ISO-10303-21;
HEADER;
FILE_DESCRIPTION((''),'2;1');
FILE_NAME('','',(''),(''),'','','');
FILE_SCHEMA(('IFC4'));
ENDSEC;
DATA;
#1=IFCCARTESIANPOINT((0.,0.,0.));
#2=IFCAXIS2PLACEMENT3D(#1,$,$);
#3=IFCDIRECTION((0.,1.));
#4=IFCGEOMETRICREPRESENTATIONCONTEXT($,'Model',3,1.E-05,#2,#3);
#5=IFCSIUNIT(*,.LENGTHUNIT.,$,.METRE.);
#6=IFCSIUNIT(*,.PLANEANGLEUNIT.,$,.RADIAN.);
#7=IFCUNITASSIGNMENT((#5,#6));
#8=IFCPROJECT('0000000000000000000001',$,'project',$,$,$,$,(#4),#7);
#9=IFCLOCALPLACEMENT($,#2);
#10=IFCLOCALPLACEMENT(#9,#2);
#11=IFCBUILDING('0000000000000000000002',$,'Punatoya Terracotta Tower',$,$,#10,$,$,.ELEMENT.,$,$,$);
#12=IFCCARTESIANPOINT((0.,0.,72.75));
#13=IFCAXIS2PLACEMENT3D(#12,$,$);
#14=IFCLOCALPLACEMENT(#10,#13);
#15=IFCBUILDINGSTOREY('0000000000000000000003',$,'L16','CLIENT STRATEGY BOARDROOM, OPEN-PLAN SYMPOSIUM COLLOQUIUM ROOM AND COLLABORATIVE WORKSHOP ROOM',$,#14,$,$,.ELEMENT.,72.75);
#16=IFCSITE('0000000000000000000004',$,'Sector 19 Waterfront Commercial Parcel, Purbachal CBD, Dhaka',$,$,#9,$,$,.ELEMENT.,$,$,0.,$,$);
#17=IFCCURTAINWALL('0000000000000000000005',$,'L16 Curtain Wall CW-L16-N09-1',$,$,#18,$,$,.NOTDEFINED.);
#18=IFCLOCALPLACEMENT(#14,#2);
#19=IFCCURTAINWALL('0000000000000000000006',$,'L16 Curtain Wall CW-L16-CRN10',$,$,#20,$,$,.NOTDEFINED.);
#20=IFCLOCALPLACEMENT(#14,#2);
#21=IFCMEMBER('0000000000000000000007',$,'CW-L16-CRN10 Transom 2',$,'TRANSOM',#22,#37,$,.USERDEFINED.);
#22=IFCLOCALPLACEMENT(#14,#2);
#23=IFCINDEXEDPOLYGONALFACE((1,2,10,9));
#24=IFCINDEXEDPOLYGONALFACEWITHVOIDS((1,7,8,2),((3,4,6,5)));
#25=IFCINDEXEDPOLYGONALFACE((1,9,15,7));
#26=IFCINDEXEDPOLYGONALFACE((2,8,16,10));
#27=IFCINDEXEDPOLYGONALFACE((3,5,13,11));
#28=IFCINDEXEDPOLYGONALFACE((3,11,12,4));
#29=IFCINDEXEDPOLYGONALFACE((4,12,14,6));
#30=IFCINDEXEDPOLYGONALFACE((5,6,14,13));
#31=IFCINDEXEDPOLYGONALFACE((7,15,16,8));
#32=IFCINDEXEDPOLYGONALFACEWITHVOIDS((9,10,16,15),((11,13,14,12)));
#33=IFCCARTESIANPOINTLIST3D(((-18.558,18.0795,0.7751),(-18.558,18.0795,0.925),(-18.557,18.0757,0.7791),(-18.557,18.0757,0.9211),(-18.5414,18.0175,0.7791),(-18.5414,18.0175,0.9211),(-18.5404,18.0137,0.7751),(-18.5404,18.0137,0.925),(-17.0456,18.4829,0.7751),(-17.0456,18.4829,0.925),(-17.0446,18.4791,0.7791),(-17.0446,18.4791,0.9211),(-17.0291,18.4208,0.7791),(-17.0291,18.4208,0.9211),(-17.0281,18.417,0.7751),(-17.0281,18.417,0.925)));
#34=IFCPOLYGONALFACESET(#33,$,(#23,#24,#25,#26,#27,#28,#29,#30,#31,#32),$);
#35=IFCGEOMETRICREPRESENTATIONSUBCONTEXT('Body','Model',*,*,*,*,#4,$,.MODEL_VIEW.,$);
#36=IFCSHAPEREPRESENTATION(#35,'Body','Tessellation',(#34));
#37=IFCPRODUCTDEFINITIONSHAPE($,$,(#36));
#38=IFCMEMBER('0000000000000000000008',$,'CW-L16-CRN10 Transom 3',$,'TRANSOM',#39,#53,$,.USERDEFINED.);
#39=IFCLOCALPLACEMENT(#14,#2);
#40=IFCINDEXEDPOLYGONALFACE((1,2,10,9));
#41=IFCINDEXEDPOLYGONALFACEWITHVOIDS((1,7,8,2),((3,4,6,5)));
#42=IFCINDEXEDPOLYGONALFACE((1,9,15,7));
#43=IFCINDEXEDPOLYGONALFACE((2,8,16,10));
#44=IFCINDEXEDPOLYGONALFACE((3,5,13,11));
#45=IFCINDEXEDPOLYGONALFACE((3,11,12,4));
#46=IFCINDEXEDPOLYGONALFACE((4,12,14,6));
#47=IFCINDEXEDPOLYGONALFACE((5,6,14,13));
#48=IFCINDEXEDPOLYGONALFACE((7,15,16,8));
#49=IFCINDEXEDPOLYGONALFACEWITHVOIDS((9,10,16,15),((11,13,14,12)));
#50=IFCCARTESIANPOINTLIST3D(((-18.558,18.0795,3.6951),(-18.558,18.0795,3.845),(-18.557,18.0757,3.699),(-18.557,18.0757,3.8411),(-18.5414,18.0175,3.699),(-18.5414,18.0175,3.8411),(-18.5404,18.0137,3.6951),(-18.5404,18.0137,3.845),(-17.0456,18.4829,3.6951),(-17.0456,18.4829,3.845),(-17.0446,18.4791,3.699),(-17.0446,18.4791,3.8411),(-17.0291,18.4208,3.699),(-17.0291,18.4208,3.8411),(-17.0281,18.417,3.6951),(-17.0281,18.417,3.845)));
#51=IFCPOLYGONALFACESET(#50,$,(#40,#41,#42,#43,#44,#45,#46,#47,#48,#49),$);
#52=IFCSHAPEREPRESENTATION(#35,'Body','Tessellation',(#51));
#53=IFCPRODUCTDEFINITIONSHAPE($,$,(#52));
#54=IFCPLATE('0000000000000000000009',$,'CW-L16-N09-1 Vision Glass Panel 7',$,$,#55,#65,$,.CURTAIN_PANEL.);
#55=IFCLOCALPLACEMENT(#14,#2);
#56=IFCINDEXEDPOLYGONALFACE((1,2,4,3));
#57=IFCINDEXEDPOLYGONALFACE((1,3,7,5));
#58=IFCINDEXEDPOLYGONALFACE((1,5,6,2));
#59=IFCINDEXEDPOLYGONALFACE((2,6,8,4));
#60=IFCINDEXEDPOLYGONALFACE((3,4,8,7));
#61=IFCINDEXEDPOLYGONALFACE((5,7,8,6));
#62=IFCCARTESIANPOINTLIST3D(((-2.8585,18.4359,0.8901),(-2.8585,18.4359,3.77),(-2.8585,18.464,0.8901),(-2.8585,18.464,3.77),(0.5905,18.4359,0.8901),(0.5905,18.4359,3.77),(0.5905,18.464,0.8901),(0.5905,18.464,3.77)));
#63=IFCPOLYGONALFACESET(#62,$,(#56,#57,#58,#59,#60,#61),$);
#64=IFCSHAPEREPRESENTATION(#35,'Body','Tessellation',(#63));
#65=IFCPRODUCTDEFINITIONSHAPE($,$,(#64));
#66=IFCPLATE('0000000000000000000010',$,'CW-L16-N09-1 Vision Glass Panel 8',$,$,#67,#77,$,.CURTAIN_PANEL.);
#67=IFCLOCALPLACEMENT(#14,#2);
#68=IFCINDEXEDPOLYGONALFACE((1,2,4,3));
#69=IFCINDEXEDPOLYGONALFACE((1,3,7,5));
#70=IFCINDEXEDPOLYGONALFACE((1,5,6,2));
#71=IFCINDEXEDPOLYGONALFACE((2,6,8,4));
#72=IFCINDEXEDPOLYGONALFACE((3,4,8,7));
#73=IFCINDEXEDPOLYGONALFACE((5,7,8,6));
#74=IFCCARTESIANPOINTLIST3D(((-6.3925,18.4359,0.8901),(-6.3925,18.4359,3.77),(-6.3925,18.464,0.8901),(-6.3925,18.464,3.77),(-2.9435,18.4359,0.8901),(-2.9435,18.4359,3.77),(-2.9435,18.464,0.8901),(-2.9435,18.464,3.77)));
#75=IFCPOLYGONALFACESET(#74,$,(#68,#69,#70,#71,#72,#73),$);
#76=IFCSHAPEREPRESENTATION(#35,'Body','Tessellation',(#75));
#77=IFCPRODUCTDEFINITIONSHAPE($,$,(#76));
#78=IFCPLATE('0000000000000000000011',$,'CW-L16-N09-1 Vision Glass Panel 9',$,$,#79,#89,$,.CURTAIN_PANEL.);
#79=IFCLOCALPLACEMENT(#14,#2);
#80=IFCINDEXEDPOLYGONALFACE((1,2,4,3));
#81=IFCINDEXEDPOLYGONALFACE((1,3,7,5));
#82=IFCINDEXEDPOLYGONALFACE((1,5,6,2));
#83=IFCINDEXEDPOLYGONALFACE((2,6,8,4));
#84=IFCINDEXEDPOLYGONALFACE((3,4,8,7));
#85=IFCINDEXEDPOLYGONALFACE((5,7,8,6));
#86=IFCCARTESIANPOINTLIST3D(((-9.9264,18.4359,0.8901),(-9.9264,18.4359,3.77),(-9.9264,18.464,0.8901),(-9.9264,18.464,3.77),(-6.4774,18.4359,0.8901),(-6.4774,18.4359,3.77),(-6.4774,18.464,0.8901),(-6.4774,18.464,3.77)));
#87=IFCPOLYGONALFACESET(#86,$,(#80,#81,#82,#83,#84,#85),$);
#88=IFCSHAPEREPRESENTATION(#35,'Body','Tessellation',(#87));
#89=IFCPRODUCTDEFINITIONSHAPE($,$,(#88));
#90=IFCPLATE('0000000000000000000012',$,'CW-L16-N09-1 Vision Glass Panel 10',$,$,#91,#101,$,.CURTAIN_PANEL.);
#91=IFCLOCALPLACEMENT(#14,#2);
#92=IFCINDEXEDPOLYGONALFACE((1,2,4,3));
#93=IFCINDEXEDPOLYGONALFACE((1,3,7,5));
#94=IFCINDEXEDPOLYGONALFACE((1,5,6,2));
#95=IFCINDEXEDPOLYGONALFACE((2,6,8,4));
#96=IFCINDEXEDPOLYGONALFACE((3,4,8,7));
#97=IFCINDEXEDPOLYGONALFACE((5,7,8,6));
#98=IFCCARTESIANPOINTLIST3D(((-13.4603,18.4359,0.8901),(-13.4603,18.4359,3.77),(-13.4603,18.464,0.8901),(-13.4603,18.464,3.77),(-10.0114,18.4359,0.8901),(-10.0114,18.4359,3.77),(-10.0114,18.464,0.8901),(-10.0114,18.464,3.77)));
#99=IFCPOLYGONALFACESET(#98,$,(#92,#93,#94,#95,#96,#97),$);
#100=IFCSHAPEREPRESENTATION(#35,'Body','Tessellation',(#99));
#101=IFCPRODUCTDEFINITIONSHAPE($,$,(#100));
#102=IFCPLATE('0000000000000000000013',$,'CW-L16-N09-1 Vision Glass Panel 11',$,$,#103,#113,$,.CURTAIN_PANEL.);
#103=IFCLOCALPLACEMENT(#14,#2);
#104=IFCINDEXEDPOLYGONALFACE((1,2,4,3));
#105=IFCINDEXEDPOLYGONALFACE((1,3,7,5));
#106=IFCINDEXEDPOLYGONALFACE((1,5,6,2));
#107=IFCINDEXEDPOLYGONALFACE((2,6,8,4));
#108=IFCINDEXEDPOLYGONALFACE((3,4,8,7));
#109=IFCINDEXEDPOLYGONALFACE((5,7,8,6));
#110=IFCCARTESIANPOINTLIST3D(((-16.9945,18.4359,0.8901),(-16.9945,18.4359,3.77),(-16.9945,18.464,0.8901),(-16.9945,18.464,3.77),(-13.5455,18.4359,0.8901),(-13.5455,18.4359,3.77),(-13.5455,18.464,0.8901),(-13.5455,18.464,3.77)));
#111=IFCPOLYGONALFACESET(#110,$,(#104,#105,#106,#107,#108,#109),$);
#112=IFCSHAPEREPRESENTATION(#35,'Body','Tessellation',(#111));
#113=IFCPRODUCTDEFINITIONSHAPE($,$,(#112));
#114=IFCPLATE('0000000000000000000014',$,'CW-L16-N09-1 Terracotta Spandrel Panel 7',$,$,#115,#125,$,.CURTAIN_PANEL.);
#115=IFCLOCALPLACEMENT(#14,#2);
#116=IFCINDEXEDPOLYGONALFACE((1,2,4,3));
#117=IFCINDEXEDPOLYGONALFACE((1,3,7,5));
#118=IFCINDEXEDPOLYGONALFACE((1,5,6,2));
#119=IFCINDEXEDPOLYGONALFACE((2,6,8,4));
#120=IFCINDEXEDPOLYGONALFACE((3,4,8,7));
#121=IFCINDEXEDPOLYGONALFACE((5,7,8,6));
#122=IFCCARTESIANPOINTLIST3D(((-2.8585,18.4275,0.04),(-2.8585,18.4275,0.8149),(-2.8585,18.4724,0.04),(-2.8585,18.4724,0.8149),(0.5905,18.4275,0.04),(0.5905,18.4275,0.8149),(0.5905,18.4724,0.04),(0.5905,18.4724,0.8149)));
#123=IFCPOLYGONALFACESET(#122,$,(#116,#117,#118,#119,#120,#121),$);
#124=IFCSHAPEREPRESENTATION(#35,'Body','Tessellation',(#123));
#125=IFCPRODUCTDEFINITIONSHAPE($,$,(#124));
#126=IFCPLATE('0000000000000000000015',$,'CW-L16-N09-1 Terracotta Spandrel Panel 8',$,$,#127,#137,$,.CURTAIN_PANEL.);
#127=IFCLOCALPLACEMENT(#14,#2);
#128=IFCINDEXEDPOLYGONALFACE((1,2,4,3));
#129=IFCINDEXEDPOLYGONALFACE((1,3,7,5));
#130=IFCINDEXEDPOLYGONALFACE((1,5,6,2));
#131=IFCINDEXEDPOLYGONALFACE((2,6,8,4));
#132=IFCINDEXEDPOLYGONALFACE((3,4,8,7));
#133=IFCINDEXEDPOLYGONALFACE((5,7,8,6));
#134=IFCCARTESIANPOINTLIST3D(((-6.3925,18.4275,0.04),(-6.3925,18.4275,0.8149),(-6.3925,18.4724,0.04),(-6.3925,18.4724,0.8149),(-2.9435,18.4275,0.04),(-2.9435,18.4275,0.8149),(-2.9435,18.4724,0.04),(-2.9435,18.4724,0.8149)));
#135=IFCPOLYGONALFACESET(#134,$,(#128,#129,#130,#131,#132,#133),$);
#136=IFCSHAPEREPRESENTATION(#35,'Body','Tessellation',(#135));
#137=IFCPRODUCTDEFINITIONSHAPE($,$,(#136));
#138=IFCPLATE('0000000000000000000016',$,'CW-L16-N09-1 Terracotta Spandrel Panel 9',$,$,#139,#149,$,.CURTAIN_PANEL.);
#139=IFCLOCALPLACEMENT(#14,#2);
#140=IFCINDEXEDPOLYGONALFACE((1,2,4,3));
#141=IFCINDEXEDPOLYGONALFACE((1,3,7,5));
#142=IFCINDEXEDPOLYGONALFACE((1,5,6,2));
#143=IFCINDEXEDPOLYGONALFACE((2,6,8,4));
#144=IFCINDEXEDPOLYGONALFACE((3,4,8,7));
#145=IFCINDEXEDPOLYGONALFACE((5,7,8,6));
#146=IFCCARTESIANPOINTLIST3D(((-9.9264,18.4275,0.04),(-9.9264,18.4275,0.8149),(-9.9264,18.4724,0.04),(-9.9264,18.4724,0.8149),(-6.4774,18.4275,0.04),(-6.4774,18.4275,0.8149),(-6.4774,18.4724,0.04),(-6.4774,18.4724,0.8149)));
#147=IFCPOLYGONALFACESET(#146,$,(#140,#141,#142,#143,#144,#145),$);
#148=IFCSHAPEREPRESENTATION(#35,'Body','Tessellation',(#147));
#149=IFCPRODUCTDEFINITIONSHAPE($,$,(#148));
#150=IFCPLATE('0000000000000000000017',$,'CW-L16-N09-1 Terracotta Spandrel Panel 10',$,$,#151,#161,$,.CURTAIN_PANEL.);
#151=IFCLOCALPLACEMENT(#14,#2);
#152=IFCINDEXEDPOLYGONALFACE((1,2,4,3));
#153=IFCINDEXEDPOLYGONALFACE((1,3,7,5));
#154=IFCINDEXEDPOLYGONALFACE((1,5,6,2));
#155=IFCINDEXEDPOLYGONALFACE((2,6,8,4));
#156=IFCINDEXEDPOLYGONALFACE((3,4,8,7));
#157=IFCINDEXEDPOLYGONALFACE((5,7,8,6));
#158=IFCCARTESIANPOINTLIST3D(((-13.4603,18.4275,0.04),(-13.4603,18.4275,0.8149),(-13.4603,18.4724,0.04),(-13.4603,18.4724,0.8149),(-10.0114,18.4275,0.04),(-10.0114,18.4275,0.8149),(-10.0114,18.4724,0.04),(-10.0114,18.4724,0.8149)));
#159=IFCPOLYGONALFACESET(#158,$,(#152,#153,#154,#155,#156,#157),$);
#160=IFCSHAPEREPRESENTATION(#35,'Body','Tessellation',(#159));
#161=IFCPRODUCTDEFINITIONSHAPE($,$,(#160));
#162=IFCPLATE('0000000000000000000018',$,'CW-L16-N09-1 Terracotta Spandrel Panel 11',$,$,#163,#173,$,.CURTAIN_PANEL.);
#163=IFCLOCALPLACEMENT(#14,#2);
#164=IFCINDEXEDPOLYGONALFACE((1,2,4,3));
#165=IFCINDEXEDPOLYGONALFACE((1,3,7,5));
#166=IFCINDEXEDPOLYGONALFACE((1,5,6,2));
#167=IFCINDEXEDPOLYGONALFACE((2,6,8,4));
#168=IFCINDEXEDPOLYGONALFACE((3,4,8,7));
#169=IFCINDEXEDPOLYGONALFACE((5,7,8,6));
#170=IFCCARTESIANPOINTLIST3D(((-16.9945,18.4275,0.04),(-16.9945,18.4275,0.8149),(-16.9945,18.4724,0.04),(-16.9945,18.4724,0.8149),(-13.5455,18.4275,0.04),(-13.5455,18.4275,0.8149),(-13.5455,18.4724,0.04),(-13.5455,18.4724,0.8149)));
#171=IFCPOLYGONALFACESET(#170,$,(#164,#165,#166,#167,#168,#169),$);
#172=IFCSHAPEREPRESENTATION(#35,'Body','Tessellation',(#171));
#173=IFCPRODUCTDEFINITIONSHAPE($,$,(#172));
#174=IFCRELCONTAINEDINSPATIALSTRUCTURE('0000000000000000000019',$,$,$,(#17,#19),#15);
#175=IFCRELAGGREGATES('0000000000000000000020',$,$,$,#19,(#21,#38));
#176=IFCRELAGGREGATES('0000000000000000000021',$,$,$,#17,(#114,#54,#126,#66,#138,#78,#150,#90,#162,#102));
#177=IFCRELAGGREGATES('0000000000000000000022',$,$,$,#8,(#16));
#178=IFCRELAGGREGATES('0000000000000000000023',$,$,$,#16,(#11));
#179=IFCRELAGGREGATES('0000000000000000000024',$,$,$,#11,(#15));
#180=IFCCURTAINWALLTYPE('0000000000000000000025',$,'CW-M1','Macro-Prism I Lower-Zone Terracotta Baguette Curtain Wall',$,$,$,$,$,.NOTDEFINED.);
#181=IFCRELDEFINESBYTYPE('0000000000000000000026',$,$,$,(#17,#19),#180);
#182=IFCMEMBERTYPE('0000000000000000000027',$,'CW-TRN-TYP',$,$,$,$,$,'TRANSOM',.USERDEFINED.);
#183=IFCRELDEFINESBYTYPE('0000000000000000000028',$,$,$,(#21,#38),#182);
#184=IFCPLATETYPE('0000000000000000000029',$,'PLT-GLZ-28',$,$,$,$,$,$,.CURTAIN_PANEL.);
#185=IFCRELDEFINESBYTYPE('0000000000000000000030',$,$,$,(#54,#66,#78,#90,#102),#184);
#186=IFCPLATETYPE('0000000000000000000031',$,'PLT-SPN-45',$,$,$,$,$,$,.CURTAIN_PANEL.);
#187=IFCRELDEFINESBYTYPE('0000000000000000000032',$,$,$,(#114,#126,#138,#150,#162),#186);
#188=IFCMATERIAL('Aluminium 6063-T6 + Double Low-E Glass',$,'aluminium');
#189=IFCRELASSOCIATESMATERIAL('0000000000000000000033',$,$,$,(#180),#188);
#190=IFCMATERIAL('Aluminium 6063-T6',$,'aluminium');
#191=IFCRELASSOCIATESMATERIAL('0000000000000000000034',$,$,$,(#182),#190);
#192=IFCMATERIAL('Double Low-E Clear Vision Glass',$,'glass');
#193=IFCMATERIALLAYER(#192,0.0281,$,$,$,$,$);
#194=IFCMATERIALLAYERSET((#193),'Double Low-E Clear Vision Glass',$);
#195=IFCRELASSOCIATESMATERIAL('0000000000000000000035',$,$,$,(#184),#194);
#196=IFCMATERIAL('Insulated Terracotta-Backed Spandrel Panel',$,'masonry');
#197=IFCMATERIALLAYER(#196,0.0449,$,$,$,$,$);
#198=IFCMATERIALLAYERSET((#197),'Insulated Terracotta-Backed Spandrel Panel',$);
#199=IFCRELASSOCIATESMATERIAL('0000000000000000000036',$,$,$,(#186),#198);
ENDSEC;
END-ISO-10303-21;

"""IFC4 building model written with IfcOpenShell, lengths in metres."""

from ifc_helpers import new_model, si_unit, direction, frame, origin, origin_2d, place, context, subcontext, project, spatial, rectangle, hollow_rectangle, extrude, material, layer, layer_set, material_profile, profile_set, type_object, element, aggregate, save


model = new_model("IFC4")

# Units and contexts
model_context = context("Model", 3, precision=1e-05, world=origin(), true_north=direction((0.0, 1.0)))
body_context = subcontext(model_context, "Body", "Model", "MODEL_VIEW")
ifc_project = project(units=[si_unit("LENGTHUNIT", "METRE"), si_unit("PLANEANGLEUNIT", "RADIAN")], contexts=[model_context])

# Site, building, storey
site_placement = place(None, origin())
site = spatial("IfcSite", under=ifc_project, at=site_placement, Name="Sector 19 Waterfront Commercial Parcel, Purbachal CBD, Dhaka", CompositionType="ELEMENT", RefElevation=0.0)
building_placement = place(site_placement, origin())
building = spatial("IfcBuilding", under=site, at=building_placement, Name="Punatoya Terracotta Tower", CompositionType="ELEMENT")
storey_placement = place(building_placement, frame((0.0, 0.0, 72.75)))
storey = spatial("IfcBuildingStorey", under=building, at=storey_placement, Name="L16", Description="CLIENT STRATEGY BOARDROOM, OPEN-PLAN SYMPOSIUM COLLOQUIUM ROOM AND COLLABORATIVE WORKSHOP ROOM", CompositionType="ELEMENT", Elevation=72.75)

# Curtain walls, members
ifc_material_1 = material(Name="Aluminium 6063-T6 + Double Low-E Glass", Category="aluminium")
curtain_wall_type = type_object("IfcCurtainWallType", Name="CW-M1", Description="Macro-Prism I Lower-Zone Terracotta Baguette Curtain Wall", PredefinedType="NOTDEFINED", material=ifc_material_1)
curtain_wall_1_placement = place(storey_placement, origin())
curtain_wall_1 = element("IfcCurtainWall", 1, at=curtain_wall_1_placement, inside=storey, type_object=curtain_wall_type, Name="L16 Curtain Wall CW-L16-N09-1", PredefinedType="NOTDEFINED")
ifc_material_2 = material(Name="Aluminium 6063-T6", Category="aluminium")
curtain_wall_2_placement = place(storey_placement, origin())
curtain_wall_2 = element("IfcCurtainWall", 2, at=curtain_wall_2_placement, inside=storey, type_object=curtain_wall_type, Name="L16 Curtain Wall CW-L16-CRN10", PredefinedType="NOTDEFINED")
ifc_material_profile_1 = material_profile(ifc_material_2, hollow_rectangle(XDim=0.0681, YDim=0.1499, WallThickness=0.0039, at=origin_2d()))
ifc_profile_set_1 = profile_set([ifc_material_profile_1], Name="Aluminium 6063-T6")
member_type_1 = type_object("IfcMemberType", Name="CW-TRN-TYP", ElementType="TRANSOM", PredefinedType="USERDEFINED", material=ifc_profile_set_1)
member_1_placement = place(storey_placement, frame((-17.0369, 18.45, 0.8501), z_axis=(-0.966225, -0.257701, 0.0), x_axis=(0.257701, -0.966225, 0.0)))
member_1 = element("IfcMember", 3, at=member_1_placement, type_object=member_type_1, Name="CW-L16-CRN10 Transom 2", ObjectType="TRANSOM", PredefinedType="USERDEFINED", context=body_context, shape_type="SweptSolid", body=[
    extrude(hollow_rectangle(XDim=0.0681, YDim=0.1499, WallThickness=0.0039, at=origin_2d()), origin(), (0.0, 0.0, 1.0), 1.5652),
])
member_2_placement = place(storey_placement, frame((-17.0369, 18.45, 3.77), z_axis=(-0.966225, -0.257701, 0.0), x_axis=(0.257701, -0.966225, 0.0)))
member_2 = element("IfcMember", 4, at=member_2_placement, type_object=member_type_1, Name="CW-L16-CRN10 Transom 3", ObjectType="TRANSOM", PredefinedType="USERDEFINED", context=body_context, shape_type="SweptSolid", body=[
    extrude(hollow_rectangle(XDim=0.0681, YDim=0.1499, WallThickness=0.0039, at=origin_2d()), origin(), (0.0, 0.0, 1.0), 1.5652),
])
aggregate(curtain_wall_2, [member_1, member_2])

# Plates
ifc_material_3 = material(Name="Double Low-E Clear Vision Glass", Category="glass")
ifc_layer_1 = layer(ifc_material_3, 0.0281)
ifc_layer_set_1 = layer_set([ifc_layer_1], Name="Double Low-E Clear Vision Glass")
plate_type_1 = type_object("IfcPlateType", Name="PLT-GLZ-28", PredefinedType="CURTAIN_PANEL", material=ifc_layer_set_1)
plate_1_placement = place(storey_placement, frame((-1.134, 18.45, 0.8901), z_axis=(0.0, 0.0, 1.0), x_axis=(-1.0, 0.0, 0.0)))
plate_1 = element("IfcPlate", 5, at=plate_1_placement, type_object=plate_type_1, Name="CW-L16-N09-1 Vision Glass Panel 7", PredefinedType="CURTAIN_PANEL", context=body_context, shape_type="SweptSolid", body=[
    extrude(rectangle(XDim=3.449, YDim=0.0281, at=origin_2d()), origin(), (0.0, 0.0, 1.0), 2.8799),
])
plate_2_placement = place(storey_placement, frame((-4.668, 18.45, 0.8901), z_axis=(0.0, 0.0, 1.0), x_axis=(-1.0, 0.0, 0.0)))
plate_2 = element("IfcPlate", 6, at=plate_2_placement, type_object=plate_type_1, Name="CW-L16-N09-1 Vision Glass Panel 8", PredefinedType="CURTAIN_PANEL", context=body_context, shape_type="SweptSolid", body=[
    extrude(rectangle(XDim=3.449, YDim=0.0281, at=origin_2d()), origin(), (0.0, 0.0, 1.0), 2.8799),
])
plate_3_placement = place(storey_placement, frame((-8.2019, 18.45, 0.8901), z_axis=(0.0, 0.0, 1.0), x_axis=(-1.0, 0.0, 0.0)))
plate_3 = element("IfcPlate", 7, at=plate_3_placement, type_object=plate_type_1, Name="CW-L16-N09-1 Vision Glass Panel 9", PredefinedType="CURTAIN_PANEL", context=body_context, shape_type="SweptSolid", body=[
    extrude(rectangle(XDim=3.449, YDim=0.0281, at=origin_2d()), origin(), (0.0, 0.0, 1.0), 2.8799),
])
plate_4_placement = place(storey_placement, frame((-11.7358, 18.45, 0.8901), z_axis=(0.0, 0.0, 1.0), x_axis=(-1.0, 0.0, 0.0)))
plate_4 = element("IfcPlate", 8, at=plate_4_placement, type_object=plate_type_1, Name="CW-L16-N09-1 Vision Glass Panel 10", PredefinedType="CURTAIN_PANEL", context=body_context, shape_type="SweptSolid", body=[
    extrude(rectangle(XDim=3.449, YDim=0.0281, at=origin_2d()), origin(), (0.0, 0.0, 1.0), 2.8799),
])
plate_5_placement = place(storey_placement, frame((-15.27, 18.45, 0.8901), z_axis=(0.0, 0.0, 1.0), x_axis=(-1.0, 0.0, 0.0)))
plate_5 = element("IfcPlate", 9, at=plate_5_placement, type_object=plate_type_1, Name="CW-L16-N09-1 Vision Glass Panel 11", PredefinedType="CURTAIN_PANEL", context=body_context, shape_type="SweptSolid", body=[
    extrude(rectangle(XDim=3.449, YDim=0.0281, at=origin_2d()), origin(), (0.0, 0.0, 1.0), 2.8799),
])
ifc_material_4 = material(Name="Insulated Terracotta-Backed Spandrel Panel", Category="masonry")
ifc_layer_2 = layer(ifc_material_4, 0.0449)
ifc_layer_set_2 = layer_set([ifc_layer_2], Name="Insulated Terracotta-Backed Spandrel Panel")
plate_type_2 = type_object("IfcPlateType", Name="PLT-SPN-45", PredefinedType="CURTAIN_PANEL", material=ifc_layer_set_2)
plate_6_placement = place(storey_placement, frame((-1.134, 18.45, 0.04), z_axis=(0.0, 0.0, 1.0), x_axis=(-1.0, 0.0, 0.0)))
plate_6 = element("IfcPlate", 10, at=plate_6_placement, type_object=plate_type_2, Name="CW-L16-N09-1 Terracotta Spandrel Panel 7", PredefinedType="CURTAIN_PANEL", context=body_context, shape_type="SweptSolid", body=[
    extrude(rectangle(XDim=3.449, YDim=0.0449, at=origin_2d()), origin(), (0.0, 0.0, 1.0), 0.7749),
])
plate_7_placement = place(storey_placement, frame((-4.668, 18.45, 0.04), z_axis=(0.0, 0.0, 1.0), x_axis=(-1.0, 0.0, 0.0)))
plate_7 = element("IfcPlate", 11, at=plate_7_placement, type_object=plate_type_2, Name="CW-L16-N09-1 Terracotta Spandrel Panel 8", PredefinedType="CURTAIN_PANEL", context=body_context, shape_type="SweptSolid", body=[
    extrude(rectangle(XDim=3.449, YDim=0.0449, at=origin_2d()), origin(), (0.0, 0.0, 1.0), 0.7749),
])
plate_8_placement = place(storey_placement, frame((-8.2019, 18.45, 0.04), z_axis=(0.0, 0.0, 1.0), x_axis=(-1.0, 0.0, 0.0)))
plate_8 = element("IfcPlate", 12, at=plate_8_placement, type_object=plate_type_2, Name="CW-L16-N09-1 Terracotta Spandrel Panel 9", PredefinedType="CURTAIN_PANEL", context=body_context, shape_type="SweptSolid", body=[
    extrude(rectangle(XDim=3.449, YDim=0.0449, at=origin_2d()), origin(), (0.0, 0.0, 1.0), 0.7749),
])
plate_9_placement = place(storey_placement, frame((-11.7358, 18.45, 0.04), z_axis=(0.0, 0.0, 1.0), x_axis=(-1.0, 0.0, 0.0)))
plate_9 = element("IfcPlate", 13, at=plate_9_placement, type_object=plate_type_2, Name="CW-L16-N09-1 Terracotta Spandrel Panel 10", PredefinedType="CURTAIN_PANEL", context=body_context, shape_type="SweptSolid", body=[
    extrude(rectangle(XDim=3.449, YDim=0.0449, at=origin_2d()), origin(), (0.0, 0.0, 1.0), 0.7749),
])
plate_10_placement = place(storey_placement, frame((-15.27, 18.45, 0.04), z_axis=(0.0, 0.0, 1.0), x_axis=(-1.0, 0.0, 0.0)))
plate_10 = element("IfcPlate", 14, at=plate_10_placement, type_object=plate_type_2, Name="CW-L16-N09-1 Terracotta Spandrel Panel 11", PredefinedType="CURTAIN_PANEL", context=body_context, shape_type="SweptSolid", body=[
    extrude(rectangle(XDim=3.449, YDim=0.0449, at=origin_2d()), origin(), (0.0, 0.0, 1.0), 0.7749),
])
aggregate(curtain_wall_1, [plate_6, plate_1, plate_7, plate_2, plate_8, plate_3, plate_9, plate_4, plate_10, plate_5])

save(model, "model.ifc")
